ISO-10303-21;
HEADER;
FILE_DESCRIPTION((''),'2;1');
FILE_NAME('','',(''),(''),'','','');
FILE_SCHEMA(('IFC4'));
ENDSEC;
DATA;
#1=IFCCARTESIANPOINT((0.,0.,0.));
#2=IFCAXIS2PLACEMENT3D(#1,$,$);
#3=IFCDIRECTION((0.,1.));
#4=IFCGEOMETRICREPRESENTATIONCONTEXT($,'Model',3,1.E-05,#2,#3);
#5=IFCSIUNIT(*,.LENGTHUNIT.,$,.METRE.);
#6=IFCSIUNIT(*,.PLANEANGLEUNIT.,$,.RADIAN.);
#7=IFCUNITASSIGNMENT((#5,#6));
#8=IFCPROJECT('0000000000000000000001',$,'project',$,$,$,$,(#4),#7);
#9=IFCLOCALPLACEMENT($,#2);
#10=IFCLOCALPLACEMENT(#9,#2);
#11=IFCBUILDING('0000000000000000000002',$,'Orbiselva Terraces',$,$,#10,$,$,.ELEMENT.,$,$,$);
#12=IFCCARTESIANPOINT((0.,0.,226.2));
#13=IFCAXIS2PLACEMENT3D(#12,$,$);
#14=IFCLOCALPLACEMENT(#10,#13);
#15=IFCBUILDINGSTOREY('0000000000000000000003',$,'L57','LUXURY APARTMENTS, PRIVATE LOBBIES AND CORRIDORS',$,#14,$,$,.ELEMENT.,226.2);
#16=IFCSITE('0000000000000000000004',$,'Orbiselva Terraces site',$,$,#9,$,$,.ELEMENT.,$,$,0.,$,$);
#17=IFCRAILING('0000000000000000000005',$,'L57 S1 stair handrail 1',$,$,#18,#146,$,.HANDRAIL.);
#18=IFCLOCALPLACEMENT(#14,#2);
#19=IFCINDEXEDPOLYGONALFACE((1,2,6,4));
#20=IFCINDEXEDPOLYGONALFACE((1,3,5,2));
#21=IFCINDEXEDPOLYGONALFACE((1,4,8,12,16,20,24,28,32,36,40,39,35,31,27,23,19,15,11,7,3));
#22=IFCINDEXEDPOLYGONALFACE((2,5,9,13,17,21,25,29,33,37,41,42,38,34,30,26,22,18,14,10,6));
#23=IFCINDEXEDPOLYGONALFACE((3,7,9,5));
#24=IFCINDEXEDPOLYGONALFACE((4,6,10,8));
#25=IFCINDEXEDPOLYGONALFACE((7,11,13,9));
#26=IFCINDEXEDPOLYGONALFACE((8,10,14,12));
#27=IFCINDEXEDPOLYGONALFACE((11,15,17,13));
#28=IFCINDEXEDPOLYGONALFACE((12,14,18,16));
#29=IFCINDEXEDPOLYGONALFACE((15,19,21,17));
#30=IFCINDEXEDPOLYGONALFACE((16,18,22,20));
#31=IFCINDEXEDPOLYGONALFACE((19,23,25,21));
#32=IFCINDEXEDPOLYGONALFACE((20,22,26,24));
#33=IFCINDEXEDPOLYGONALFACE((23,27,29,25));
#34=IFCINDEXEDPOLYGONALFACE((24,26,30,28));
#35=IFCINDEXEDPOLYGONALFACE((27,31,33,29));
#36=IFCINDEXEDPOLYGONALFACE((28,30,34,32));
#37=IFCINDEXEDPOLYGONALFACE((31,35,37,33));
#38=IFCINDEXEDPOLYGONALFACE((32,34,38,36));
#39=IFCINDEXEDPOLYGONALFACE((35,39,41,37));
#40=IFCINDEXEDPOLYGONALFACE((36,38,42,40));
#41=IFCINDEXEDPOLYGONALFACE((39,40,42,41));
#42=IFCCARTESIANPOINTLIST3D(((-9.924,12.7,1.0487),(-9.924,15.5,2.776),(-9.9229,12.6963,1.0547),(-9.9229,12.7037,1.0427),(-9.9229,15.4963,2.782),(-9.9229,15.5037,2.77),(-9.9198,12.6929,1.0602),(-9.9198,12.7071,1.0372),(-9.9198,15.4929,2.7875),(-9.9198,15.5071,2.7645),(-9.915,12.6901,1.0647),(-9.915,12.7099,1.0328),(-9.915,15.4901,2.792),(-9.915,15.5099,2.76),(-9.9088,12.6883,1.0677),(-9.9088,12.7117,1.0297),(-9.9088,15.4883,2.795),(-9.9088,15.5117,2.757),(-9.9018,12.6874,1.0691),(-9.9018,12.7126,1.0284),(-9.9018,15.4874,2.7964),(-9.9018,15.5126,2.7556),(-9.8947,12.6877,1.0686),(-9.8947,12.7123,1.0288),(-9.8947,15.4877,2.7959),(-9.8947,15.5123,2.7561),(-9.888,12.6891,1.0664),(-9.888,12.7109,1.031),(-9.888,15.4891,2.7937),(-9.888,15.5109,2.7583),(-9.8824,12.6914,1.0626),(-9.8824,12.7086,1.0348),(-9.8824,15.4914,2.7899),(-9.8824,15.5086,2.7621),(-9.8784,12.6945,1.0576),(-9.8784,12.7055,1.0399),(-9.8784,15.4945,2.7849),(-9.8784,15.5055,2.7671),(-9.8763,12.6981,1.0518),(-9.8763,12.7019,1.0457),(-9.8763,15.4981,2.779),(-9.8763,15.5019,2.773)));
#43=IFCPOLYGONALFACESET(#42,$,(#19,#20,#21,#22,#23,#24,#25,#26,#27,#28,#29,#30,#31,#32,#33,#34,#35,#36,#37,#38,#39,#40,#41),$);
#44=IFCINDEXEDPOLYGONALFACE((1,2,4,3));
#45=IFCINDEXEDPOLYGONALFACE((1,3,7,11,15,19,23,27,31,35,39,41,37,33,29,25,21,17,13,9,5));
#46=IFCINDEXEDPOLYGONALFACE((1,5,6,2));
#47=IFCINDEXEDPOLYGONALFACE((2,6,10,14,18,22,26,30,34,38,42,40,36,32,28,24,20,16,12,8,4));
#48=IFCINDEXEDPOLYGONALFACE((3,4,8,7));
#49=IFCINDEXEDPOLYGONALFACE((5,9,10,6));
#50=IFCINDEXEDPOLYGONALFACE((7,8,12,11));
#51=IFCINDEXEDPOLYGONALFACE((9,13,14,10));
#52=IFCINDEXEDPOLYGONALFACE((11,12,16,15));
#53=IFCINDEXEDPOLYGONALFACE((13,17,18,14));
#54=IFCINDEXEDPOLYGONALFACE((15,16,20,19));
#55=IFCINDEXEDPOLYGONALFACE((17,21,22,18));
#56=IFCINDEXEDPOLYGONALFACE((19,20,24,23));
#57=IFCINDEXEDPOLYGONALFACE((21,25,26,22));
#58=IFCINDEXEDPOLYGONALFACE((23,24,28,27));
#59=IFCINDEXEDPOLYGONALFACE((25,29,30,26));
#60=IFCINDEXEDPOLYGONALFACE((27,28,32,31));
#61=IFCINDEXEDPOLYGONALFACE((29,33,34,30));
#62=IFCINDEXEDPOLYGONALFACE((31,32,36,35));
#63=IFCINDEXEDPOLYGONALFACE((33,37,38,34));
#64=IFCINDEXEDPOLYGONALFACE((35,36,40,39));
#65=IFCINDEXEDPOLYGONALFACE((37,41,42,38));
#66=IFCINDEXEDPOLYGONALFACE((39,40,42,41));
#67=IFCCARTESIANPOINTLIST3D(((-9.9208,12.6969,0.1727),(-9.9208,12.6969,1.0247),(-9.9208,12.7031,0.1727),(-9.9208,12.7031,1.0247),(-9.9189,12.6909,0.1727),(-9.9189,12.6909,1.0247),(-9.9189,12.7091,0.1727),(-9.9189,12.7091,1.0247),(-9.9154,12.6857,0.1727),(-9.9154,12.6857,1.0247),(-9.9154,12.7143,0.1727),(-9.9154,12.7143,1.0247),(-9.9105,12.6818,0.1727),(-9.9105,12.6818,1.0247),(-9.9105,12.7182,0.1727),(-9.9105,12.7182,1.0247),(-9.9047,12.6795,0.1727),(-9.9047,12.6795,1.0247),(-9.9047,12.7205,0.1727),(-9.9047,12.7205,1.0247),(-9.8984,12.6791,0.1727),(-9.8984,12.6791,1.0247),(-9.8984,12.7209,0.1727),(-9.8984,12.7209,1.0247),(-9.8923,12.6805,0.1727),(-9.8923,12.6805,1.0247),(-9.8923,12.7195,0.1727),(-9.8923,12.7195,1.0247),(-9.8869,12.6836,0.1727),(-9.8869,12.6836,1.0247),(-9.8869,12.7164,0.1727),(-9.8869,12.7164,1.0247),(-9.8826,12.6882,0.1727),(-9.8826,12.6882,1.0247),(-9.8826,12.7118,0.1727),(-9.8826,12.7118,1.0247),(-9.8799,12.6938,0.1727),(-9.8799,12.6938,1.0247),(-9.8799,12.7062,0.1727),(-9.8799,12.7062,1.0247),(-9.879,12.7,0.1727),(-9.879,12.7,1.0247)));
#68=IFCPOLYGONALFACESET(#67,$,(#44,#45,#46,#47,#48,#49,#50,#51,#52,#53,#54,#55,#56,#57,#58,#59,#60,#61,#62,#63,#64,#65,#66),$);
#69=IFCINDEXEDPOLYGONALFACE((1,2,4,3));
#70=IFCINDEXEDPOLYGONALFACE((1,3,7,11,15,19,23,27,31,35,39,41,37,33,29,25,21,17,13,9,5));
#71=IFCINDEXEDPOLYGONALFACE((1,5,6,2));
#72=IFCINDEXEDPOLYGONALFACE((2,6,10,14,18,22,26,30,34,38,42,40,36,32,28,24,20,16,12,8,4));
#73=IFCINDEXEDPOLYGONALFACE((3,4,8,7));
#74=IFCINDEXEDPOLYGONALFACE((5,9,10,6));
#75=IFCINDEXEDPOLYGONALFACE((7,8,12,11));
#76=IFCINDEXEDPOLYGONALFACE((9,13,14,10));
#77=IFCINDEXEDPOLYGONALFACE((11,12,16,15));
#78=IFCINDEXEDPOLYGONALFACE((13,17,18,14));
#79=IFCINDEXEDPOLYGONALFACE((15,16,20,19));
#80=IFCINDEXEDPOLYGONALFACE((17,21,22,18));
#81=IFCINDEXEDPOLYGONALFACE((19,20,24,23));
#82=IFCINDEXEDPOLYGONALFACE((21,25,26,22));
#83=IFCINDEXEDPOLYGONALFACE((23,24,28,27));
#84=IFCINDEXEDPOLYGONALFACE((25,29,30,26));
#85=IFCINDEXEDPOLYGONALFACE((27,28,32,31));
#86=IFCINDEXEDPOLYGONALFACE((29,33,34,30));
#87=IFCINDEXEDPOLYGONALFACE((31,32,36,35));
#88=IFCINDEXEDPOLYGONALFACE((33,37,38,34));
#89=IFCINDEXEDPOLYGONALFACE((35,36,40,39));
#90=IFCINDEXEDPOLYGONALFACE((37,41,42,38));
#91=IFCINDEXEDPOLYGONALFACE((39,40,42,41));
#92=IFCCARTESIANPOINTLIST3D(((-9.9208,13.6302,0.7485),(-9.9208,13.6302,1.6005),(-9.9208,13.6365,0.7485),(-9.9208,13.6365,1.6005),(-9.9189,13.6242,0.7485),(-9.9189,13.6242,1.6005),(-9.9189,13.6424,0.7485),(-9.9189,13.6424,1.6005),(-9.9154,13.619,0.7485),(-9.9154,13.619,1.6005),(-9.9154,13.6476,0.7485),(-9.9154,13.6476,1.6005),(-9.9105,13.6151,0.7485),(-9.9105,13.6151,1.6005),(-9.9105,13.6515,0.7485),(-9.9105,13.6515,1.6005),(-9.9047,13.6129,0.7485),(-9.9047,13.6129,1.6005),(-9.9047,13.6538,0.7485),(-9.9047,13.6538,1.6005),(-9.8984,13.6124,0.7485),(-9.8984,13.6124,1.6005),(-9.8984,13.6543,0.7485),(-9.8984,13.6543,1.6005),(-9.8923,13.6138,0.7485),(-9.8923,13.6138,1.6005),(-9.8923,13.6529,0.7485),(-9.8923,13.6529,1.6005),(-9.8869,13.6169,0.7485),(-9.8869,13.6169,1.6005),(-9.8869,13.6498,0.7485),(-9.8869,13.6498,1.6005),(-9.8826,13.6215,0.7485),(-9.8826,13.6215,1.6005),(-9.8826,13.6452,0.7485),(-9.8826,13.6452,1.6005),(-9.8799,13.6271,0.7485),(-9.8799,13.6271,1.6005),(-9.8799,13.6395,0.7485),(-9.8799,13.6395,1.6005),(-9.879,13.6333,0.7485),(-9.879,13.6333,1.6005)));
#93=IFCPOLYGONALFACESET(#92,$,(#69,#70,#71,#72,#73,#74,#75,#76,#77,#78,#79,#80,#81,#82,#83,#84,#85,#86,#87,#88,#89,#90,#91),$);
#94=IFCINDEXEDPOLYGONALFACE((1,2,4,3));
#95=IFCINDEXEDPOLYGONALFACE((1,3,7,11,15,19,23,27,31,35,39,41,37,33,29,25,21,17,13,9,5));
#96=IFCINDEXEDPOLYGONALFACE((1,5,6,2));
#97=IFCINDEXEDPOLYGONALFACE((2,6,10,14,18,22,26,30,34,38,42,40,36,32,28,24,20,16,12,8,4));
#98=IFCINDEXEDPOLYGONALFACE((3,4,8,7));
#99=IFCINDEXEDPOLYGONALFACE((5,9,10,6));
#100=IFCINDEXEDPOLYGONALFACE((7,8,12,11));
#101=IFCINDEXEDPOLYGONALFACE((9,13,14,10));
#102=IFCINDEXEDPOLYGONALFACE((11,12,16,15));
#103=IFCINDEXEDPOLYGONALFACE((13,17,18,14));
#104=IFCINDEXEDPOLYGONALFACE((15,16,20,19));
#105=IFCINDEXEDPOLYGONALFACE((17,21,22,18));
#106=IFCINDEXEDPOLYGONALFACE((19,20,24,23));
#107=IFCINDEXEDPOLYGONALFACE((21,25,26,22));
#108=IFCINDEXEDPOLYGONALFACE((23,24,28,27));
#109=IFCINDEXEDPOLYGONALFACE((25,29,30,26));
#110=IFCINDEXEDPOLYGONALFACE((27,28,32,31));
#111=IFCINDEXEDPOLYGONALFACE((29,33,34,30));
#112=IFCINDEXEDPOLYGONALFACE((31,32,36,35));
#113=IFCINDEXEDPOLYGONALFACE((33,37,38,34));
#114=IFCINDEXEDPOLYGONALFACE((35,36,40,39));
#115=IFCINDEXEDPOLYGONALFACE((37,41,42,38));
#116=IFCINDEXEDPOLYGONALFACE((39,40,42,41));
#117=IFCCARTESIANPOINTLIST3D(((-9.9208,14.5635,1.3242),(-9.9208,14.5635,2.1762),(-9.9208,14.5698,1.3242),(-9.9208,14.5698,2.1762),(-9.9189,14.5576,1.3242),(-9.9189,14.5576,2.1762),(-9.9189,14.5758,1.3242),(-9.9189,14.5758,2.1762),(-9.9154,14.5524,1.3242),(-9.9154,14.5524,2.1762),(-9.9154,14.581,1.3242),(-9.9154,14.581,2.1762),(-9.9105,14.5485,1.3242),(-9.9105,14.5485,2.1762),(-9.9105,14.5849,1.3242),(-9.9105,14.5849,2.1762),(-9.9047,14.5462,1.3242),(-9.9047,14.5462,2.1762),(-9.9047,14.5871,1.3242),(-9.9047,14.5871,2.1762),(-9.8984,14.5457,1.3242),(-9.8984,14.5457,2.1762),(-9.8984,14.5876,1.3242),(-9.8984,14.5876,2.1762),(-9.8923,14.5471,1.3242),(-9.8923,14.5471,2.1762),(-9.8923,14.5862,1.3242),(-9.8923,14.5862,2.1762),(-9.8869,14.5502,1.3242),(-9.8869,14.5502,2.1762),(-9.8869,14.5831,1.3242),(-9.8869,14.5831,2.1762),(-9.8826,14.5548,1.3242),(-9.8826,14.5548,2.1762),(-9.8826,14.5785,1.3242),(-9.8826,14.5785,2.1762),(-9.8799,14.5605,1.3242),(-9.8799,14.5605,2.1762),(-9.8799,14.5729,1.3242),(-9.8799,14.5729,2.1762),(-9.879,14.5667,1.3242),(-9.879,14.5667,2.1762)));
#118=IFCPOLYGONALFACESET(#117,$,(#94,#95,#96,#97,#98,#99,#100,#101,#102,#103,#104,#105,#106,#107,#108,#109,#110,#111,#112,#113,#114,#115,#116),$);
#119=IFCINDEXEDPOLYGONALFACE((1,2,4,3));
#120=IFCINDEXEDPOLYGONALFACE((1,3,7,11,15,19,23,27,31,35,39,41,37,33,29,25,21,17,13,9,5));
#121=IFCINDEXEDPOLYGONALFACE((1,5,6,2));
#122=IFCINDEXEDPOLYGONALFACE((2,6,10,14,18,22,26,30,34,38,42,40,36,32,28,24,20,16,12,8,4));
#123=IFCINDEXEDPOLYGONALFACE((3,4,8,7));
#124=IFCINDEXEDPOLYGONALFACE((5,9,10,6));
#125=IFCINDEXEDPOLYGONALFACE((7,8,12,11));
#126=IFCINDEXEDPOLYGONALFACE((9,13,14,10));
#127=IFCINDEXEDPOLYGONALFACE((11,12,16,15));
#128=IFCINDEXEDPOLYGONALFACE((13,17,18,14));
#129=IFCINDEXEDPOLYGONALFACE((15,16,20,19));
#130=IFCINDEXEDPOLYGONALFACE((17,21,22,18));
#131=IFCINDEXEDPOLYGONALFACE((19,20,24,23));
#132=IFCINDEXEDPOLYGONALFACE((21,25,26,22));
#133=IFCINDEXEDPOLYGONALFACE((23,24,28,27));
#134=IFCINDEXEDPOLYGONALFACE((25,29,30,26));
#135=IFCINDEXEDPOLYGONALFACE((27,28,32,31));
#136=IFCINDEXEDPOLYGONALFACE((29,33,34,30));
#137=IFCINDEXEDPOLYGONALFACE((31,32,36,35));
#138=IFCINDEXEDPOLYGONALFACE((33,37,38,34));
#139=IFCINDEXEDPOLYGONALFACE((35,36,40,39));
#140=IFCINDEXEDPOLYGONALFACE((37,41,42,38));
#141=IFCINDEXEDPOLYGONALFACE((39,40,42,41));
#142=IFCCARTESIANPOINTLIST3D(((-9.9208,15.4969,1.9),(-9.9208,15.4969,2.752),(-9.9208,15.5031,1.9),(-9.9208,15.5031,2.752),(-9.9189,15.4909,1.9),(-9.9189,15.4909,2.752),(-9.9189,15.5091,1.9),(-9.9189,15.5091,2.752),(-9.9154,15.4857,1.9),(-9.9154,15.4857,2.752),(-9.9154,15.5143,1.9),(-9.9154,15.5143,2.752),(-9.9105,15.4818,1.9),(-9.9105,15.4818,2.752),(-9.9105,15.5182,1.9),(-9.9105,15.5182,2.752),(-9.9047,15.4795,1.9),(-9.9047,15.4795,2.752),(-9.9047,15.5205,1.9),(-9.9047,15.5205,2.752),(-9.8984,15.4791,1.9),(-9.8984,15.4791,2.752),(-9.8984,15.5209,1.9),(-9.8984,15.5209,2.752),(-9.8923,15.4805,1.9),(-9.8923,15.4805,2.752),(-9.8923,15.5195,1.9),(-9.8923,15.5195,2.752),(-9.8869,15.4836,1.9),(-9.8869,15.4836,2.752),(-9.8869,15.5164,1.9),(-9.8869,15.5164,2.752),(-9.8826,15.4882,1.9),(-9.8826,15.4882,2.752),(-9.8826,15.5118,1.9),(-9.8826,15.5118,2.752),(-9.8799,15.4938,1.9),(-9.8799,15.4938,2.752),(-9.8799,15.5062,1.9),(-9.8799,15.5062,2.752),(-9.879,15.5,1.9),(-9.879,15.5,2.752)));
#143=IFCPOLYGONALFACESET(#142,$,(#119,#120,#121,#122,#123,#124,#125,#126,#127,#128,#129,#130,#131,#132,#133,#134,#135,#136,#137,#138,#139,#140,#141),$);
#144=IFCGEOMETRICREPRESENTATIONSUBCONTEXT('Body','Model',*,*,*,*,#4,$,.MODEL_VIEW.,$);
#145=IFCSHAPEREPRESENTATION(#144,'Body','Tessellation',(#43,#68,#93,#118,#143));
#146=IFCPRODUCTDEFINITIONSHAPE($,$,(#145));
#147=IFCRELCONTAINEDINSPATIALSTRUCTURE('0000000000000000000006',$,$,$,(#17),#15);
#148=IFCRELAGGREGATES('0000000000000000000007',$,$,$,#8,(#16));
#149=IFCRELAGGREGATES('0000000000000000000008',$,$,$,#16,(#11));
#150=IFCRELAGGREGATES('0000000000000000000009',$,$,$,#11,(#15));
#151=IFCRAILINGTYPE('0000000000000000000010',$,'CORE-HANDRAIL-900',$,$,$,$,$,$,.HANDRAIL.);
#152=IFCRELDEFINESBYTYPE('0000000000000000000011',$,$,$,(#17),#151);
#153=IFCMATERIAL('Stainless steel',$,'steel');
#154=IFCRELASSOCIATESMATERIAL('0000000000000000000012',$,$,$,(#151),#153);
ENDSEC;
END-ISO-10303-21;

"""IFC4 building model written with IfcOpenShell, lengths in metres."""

from ifc_helpers import new_model, si_unit, direction, frame, origin, origin_2d, place, context, subcontext, project, spatial, circle, extrude, material, type_object, element, save


model = new_model("IFC4")

# Units and contexts
model_context = context("Model", 3, precision=1e-05, world=origin(), true_north=direction((0.0, 1.0)))
body_context = subcontext(model_context, "Body", "Model", "MODEL_VIEW")
ifc_project = project(units=[si_unit("LENGTHUNIT", "METRE"), si_unit("PLANEANGLEUNIT", "RADIAN")], contexts=[model_context])

# Site, building, storey
site_placement = place(None, origin())
site = spatial("IfcSite", under=ifc_project, at=site_placement, Name="Orbiselva Terraces site", CompositionType="ELEMENT", RefElevation=0.0)
building_placement = place(site_placement, origin())
building = spatial("IfcBuilding", under=site, at=building_placement, Name="Orbiselva Terraces", CompositionType="ELEMENT")
storey_placement = place(building_placement, frame((0.0, 0.0, 226.2)))
storey = spatial("IfcBuildingStorey", under=building, at=storey_placement, Name="L57", Description="LUXURY APARTMENTS, PRIVATE LOBBIES AND CORRIDORS", CompositionType="ELEMENT", Elevation=226.2)

# Railing
ifc_material_1 = material(Name="Stainless steel", Category="steel")
railing_type_1 = type_object("IfcRailingType", Name="CORE-HANDRAIL-900", PredefinedType="HANDRAIL", material=ifc_material_1)
railing_1_placement = place(storey_placement, frame((-9.9, 12.7, 0.1727)))
element("IfcRailing", 1, at=railing_1_placement, inside=storey, type_object=railing_type_1, Name="L57 S1 stair handrail 1", PredefinedType="HANDRAIL", context=body_context, shape_type="SweptSolid", body=[
    extrude(circle(Radius=0.024, at=origin_2d()), frame((0.0, 0.0, 0.876), z_axis=(0.0, 0.851089, 0.525022), x_axis=(-1.0, 0.0, 0.0)), (0.0, 0.0, 1.0), 3.2899),
    extrude(circle(Radius=0.021, at=origin_2d()), origin(), (0.0, 0.0, 1.0), 0.852),
    extrude(circle(Radius=0.021, at=origin_2d()), frame((0.0, 0.9333, 0.5758)), (0.0, 0.0, 1.0), 0.852),
    extrude(circle(Radius=0.021, at=origin_2d()), frame((0.0, 1.8667, 1.1515)), (0.0, 0.0, 1.0), 0.852),
    extrude(circle(Radius=0.021, at=origin_2d()), frame((0.0, 2.8, 1.7273)), (0.0, 0.0, 1.0), 0.852),
])

save(model, "model.ifc")
